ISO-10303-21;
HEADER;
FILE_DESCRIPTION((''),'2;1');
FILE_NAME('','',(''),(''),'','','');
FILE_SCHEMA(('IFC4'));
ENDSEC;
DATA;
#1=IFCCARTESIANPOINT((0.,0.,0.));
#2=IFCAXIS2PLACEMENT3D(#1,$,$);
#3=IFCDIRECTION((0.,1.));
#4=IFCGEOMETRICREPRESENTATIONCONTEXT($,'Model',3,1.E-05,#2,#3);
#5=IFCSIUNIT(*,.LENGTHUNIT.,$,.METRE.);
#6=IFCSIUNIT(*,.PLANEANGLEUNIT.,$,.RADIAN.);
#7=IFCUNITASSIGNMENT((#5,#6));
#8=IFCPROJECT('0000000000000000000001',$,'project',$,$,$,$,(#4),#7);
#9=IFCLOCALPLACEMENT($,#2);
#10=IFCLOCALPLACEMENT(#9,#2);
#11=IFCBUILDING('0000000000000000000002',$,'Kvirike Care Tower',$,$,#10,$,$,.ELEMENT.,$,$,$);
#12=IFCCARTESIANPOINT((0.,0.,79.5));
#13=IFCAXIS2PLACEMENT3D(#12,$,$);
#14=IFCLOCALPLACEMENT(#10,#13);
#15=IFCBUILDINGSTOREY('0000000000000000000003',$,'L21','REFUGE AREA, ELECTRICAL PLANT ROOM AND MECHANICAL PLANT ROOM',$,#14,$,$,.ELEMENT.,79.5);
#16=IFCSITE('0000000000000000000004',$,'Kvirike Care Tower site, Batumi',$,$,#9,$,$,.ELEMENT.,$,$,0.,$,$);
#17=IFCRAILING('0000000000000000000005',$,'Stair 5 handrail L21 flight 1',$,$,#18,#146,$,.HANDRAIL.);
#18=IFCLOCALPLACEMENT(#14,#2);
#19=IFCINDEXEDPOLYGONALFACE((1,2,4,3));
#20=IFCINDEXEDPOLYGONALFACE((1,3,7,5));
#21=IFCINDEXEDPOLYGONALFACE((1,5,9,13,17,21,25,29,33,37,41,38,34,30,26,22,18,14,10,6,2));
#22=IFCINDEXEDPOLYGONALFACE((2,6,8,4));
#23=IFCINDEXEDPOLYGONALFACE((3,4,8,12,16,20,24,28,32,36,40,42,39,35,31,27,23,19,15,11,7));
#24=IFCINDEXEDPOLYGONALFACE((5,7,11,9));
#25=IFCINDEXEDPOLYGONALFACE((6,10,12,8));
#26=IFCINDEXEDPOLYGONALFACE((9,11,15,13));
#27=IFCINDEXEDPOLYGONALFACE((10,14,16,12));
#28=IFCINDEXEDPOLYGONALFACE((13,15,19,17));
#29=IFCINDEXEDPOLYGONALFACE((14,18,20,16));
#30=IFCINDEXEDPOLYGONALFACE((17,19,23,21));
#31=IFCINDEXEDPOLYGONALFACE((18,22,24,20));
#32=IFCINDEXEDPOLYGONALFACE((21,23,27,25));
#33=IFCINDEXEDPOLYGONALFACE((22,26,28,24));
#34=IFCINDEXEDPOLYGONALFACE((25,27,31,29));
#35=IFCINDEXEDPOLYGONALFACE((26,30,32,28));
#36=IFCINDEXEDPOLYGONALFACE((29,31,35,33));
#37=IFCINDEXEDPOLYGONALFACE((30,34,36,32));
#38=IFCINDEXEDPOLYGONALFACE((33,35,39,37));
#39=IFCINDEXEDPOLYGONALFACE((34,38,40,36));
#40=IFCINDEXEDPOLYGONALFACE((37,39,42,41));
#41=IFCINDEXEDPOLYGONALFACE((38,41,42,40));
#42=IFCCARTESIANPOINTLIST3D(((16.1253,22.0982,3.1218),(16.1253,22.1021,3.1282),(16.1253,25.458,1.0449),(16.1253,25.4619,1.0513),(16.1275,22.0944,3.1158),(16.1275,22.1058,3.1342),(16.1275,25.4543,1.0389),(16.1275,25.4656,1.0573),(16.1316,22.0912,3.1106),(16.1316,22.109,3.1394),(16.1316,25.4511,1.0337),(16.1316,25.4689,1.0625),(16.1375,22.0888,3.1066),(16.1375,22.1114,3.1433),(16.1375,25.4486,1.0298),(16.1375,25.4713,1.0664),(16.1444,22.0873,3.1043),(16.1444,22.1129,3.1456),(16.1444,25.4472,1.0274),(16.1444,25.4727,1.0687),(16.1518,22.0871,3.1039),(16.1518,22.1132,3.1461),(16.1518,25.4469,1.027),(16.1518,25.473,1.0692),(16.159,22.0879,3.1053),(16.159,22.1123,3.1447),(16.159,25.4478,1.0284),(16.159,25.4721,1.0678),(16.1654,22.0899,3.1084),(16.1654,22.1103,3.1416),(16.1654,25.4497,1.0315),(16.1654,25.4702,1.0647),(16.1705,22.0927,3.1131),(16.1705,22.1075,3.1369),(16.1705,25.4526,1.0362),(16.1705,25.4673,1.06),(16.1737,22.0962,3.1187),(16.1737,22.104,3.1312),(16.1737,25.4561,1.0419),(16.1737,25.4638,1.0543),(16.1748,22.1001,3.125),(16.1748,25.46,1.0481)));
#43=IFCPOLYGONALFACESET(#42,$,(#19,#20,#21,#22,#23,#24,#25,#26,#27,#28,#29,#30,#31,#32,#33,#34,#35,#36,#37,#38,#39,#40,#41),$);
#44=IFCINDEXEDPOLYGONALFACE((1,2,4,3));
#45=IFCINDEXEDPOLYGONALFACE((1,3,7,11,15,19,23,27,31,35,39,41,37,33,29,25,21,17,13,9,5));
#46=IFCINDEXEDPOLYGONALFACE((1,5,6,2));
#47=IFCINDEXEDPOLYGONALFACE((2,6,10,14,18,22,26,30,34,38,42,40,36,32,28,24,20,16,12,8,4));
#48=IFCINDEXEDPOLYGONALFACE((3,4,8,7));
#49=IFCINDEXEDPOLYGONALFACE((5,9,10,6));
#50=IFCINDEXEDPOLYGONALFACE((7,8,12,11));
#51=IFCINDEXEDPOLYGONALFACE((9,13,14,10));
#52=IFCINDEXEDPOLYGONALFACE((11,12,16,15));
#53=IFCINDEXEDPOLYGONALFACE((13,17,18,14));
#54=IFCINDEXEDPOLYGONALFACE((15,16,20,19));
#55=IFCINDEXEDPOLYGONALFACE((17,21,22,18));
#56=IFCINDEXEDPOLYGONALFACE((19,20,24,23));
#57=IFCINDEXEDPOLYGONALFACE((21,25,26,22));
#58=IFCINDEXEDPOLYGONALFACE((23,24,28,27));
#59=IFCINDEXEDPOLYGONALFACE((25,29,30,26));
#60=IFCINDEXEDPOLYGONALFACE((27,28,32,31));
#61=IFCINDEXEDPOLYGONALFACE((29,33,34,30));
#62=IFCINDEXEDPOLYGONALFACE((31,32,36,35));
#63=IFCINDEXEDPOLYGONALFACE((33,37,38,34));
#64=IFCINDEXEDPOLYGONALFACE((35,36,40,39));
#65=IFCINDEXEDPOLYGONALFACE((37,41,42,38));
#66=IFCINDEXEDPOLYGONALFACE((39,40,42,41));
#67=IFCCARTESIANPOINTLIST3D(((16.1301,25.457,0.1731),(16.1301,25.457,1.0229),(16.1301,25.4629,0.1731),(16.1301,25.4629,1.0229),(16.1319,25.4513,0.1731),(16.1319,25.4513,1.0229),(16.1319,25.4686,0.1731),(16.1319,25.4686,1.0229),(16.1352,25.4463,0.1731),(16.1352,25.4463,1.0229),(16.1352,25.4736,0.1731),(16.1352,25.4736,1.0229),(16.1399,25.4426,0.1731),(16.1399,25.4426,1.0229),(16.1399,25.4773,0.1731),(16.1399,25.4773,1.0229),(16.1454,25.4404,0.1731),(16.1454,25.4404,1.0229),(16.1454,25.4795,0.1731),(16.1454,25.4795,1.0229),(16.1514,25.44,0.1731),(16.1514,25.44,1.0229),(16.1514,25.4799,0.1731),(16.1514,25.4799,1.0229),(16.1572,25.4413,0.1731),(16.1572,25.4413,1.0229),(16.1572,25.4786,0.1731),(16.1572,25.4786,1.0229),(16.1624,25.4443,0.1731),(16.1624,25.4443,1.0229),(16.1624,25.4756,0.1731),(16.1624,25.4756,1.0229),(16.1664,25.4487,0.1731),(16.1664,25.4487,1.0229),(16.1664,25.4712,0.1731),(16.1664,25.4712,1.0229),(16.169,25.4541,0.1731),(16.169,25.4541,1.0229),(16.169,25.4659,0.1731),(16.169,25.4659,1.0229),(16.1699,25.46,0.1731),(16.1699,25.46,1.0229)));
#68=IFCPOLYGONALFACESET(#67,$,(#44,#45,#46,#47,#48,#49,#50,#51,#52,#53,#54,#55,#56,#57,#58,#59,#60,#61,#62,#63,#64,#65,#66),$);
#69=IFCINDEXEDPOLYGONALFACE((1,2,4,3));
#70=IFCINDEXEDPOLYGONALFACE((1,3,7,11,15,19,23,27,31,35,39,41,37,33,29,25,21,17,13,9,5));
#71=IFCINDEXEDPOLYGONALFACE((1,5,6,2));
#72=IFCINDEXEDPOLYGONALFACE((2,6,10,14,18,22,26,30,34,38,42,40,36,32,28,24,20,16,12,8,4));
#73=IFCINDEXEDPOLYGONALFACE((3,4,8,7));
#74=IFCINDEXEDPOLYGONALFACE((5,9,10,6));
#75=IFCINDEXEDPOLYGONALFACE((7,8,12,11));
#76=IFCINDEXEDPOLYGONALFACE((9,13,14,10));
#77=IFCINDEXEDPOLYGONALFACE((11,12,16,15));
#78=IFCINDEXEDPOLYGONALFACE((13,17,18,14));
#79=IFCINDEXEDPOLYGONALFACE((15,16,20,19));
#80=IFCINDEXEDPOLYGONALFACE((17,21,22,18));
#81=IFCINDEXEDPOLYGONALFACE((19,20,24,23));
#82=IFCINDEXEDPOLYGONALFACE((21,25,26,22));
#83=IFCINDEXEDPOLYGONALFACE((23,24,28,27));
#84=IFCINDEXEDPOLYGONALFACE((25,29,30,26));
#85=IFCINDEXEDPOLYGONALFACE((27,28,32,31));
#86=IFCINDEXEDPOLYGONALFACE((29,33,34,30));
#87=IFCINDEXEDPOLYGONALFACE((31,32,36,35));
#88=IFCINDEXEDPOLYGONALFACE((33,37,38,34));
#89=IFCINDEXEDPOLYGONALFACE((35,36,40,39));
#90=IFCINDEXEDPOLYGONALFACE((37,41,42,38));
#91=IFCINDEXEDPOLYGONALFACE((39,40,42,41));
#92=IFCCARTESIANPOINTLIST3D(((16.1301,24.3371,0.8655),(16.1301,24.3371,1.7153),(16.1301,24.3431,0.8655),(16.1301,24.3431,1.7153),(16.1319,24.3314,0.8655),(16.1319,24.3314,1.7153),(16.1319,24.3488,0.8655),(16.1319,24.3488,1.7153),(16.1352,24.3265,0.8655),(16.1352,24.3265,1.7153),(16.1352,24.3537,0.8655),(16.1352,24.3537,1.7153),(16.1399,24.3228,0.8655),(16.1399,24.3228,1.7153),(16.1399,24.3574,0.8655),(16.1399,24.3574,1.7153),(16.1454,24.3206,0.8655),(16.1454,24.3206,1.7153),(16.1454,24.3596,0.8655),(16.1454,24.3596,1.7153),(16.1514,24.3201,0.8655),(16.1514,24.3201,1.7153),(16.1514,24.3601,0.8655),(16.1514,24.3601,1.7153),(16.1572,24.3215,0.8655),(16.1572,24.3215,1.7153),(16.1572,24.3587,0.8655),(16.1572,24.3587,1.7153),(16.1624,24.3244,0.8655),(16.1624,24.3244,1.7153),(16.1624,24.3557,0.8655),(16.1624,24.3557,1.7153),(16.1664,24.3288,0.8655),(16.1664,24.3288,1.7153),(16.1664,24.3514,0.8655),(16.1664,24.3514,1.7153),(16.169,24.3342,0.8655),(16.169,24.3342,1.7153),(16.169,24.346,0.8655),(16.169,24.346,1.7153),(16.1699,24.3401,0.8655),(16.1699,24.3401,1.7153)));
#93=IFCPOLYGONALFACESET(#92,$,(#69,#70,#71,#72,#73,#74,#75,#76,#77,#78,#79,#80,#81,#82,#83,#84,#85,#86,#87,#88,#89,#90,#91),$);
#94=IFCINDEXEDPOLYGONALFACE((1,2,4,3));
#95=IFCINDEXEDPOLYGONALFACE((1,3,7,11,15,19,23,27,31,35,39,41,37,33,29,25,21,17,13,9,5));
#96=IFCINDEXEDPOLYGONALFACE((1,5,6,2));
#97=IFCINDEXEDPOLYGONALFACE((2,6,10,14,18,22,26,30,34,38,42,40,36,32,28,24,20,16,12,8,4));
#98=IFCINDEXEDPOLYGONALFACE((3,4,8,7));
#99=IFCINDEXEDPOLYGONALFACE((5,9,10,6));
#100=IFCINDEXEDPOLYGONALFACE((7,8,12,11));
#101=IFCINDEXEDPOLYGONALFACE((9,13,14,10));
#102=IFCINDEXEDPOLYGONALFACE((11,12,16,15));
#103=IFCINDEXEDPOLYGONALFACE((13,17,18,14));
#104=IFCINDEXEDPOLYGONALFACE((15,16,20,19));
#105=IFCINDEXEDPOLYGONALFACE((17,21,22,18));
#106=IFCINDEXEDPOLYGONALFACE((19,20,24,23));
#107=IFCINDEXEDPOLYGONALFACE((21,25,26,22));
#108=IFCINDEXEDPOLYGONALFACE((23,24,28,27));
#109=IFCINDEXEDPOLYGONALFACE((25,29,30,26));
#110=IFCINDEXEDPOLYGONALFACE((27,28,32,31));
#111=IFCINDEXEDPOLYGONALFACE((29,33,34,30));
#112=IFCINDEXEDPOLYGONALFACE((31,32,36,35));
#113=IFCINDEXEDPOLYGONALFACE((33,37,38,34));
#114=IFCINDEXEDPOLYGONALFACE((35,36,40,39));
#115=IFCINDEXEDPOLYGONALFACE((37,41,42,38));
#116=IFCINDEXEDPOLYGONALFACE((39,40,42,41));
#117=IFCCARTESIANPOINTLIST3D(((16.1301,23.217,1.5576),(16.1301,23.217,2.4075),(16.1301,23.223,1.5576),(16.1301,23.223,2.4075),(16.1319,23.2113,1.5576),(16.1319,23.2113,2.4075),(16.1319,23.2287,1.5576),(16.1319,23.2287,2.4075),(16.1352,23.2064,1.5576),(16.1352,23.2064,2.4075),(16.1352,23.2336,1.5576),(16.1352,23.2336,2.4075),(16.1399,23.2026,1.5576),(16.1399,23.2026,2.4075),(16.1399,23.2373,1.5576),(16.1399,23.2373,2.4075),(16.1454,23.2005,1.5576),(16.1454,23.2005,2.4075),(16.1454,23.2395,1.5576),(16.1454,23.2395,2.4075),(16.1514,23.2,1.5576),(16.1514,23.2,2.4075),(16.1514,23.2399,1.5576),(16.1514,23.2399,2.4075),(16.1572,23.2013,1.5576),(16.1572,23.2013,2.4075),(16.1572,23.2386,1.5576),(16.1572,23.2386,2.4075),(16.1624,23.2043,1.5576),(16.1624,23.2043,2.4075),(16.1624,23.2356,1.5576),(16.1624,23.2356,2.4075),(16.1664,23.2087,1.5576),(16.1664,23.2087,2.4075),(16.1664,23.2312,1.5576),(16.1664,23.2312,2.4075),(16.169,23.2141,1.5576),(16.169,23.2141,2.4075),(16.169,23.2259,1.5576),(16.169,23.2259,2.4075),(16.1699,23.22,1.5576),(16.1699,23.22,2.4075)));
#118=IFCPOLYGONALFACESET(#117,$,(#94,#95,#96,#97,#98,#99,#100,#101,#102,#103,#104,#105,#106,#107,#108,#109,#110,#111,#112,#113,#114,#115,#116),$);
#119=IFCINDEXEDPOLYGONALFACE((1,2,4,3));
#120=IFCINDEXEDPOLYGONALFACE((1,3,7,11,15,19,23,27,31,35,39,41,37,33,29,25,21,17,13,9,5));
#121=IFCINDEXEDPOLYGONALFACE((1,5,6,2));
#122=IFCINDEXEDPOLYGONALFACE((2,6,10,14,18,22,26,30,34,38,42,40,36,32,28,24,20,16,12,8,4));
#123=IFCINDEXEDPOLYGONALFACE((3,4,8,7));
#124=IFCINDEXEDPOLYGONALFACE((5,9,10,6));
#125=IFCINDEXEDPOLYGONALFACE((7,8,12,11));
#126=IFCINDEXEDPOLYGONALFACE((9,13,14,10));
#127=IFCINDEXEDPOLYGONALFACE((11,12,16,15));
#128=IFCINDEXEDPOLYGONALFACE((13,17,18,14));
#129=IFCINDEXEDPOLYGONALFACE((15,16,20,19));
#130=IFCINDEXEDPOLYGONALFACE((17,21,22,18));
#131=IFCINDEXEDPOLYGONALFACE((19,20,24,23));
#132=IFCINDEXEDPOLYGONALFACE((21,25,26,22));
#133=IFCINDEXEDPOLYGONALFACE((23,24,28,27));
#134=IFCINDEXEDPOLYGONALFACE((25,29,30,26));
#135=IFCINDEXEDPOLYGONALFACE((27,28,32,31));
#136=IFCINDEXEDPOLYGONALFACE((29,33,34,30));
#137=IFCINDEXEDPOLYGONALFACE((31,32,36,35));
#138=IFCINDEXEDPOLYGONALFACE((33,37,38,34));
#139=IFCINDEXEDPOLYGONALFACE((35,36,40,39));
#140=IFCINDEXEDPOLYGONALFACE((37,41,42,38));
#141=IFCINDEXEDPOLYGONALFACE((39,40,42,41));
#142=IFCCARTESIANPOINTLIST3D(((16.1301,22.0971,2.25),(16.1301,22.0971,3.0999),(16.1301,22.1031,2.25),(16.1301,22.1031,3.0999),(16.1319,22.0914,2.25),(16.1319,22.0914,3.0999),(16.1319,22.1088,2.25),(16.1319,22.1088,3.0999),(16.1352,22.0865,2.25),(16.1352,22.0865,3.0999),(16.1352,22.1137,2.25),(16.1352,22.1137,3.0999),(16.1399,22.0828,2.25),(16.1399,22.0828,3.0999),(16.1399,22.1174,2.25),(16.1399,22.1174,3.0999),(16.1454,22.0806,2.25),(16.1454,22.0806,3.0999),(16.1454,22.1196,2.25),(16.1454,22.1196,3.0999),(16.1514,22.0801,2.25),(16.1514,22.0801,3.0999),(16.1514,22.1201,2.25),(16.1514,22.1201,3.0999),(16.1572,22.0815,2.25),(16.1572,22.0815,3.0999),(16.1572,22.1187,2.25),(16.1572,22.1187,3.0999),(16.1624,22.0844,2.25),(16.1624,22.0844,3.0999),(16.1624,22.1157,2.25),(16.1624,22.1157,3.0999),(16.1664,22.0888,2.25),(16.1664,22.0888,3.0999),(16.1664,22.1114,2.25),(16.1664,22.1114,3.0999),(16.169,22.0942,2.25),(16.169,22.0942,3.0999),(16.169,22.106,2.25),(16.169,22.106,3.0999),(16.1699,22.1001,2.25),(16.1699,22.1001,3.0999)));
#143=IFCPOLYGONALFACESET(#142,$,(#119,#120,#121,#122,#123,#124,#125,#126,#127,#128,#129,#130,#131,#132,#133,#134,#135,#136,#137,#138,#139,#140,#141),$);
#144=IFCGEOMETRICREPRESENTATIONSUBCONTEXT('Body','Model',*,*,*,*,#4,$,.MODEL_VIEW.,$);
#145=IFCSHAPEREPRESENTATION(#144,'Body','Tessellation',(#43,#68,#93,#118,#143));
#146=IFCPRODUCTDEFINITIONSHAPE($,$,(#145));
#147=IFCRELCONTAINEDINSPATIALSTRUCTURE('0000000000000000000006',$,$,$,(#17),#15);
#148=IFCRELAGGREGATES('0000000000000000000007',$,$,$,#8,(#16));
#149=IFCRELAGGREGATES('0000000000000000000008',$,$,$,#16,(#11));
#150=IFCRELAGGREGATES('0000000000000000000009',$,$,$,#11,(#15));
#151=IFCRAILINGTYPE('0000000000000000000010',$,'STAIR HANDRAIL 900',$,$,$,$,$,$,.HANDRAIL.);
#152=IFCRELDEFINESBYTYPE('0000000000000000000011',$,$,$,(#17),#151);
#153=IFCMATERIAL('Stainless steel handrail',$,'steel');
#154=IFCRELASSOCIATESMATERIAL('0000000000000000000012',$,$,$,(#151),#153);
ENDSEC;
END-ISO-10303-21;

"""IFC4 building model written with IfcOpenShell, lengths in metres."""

from ifc_helpers import new_model, si_unit, direction, frame, origin, origin_2d, place, context, subcontext, project, spatial, circle, extrude, material, type_object, element, save


model = new_model("IFC4")

# Units and contexts
model_context = context("Model", 3, precision=1e-05, world=origin(), true_north=direction((0.0, 1.0)))
body_context = subcontext(model_context, "Body", "Model", "MODEL_VIEW")
ifc_project = project(units=[si_unit("LENGTHUNIT", "METRE"), si_unit("PLANEANGLEUNIT", "RADIAN")], contexts=[model_context])

# Site, building, storey
site_placement = place(None, origin())
site = spatial("IfcSite", under=ifc_project, at=site_placement, Name="Kvirike Care Tower site, Batumi", CompositionType="ELEMENT", RefElevation=0.0)
building_placement = place(site_placement, origin())
building = spatial("IfcBuilding", under=site, at=building_placement, Name="Kvirike Care Tower", CompositionType="ELEMENT")
storey_placement = place(building_placement, frame((0.0, 0.0, 79.5)))
storey = spatial("IfcBuildingStorey", under=building, at=storey_placement, Name="L21", Description="REFUGE AREA, ELECTRICAL PLANT ROOM AND MECHANICAL PLANT ROOM", CompositionType="ELEMENT", Elevation=79.5)

# Railing
ifc_material_1 = material(Name="Stainless steel handrail", Category="steel")
railing_type = type_object("IfcRailingType", Name="STAIR HANDRAIL 900", PredefinedType="HANDRAIL", material=ifc_material_1)
railing_1_placement = place(storey_placement, frame((16.1499, 25.46, 0.1731)))
element("IfcRailing", 1, at=railing_1_placement, inside=storey, type_object=railing_type, Name="Stair 5 handrail L21 flight 1", PredefinedType="HANDRAIL", context=body_context, shape_type="SweptSolid", body=[
    extrude(circle(Radius=0.0249, at=origin_2d()), frame((0.0, 0.0, 0.875), z_axis=(0.0, -0.850606, 0.525803), x_axis=(1.0, 0.0, 0.0)), (0.0, 0.0, 1.0), 3.95),
    extrude(circle(Radius=0.02, at=origin_2d()), origin(), (0.0, 0.0, 1.0), 0.8499),
    extrude(circle(Radius=0.02, at=origin_2d()), frame((0.0, -1.1199, 0.6924)), (0.0, 0.0, 1.0), 0.8499),
    extrude(circle(Radius=0.02, at=origin_2d()), frame((0.0, -2.24, 1.3845)), (0.0, 0.0, 1.0), 0.8499),
    extrude(circle(Radius=0.02, at=origin_2d()), frame((0.0, -3.3599, 2.0769)), (0.0, 0.0, 1.0), 0.8499),
])

save(model, "model.ifc")
